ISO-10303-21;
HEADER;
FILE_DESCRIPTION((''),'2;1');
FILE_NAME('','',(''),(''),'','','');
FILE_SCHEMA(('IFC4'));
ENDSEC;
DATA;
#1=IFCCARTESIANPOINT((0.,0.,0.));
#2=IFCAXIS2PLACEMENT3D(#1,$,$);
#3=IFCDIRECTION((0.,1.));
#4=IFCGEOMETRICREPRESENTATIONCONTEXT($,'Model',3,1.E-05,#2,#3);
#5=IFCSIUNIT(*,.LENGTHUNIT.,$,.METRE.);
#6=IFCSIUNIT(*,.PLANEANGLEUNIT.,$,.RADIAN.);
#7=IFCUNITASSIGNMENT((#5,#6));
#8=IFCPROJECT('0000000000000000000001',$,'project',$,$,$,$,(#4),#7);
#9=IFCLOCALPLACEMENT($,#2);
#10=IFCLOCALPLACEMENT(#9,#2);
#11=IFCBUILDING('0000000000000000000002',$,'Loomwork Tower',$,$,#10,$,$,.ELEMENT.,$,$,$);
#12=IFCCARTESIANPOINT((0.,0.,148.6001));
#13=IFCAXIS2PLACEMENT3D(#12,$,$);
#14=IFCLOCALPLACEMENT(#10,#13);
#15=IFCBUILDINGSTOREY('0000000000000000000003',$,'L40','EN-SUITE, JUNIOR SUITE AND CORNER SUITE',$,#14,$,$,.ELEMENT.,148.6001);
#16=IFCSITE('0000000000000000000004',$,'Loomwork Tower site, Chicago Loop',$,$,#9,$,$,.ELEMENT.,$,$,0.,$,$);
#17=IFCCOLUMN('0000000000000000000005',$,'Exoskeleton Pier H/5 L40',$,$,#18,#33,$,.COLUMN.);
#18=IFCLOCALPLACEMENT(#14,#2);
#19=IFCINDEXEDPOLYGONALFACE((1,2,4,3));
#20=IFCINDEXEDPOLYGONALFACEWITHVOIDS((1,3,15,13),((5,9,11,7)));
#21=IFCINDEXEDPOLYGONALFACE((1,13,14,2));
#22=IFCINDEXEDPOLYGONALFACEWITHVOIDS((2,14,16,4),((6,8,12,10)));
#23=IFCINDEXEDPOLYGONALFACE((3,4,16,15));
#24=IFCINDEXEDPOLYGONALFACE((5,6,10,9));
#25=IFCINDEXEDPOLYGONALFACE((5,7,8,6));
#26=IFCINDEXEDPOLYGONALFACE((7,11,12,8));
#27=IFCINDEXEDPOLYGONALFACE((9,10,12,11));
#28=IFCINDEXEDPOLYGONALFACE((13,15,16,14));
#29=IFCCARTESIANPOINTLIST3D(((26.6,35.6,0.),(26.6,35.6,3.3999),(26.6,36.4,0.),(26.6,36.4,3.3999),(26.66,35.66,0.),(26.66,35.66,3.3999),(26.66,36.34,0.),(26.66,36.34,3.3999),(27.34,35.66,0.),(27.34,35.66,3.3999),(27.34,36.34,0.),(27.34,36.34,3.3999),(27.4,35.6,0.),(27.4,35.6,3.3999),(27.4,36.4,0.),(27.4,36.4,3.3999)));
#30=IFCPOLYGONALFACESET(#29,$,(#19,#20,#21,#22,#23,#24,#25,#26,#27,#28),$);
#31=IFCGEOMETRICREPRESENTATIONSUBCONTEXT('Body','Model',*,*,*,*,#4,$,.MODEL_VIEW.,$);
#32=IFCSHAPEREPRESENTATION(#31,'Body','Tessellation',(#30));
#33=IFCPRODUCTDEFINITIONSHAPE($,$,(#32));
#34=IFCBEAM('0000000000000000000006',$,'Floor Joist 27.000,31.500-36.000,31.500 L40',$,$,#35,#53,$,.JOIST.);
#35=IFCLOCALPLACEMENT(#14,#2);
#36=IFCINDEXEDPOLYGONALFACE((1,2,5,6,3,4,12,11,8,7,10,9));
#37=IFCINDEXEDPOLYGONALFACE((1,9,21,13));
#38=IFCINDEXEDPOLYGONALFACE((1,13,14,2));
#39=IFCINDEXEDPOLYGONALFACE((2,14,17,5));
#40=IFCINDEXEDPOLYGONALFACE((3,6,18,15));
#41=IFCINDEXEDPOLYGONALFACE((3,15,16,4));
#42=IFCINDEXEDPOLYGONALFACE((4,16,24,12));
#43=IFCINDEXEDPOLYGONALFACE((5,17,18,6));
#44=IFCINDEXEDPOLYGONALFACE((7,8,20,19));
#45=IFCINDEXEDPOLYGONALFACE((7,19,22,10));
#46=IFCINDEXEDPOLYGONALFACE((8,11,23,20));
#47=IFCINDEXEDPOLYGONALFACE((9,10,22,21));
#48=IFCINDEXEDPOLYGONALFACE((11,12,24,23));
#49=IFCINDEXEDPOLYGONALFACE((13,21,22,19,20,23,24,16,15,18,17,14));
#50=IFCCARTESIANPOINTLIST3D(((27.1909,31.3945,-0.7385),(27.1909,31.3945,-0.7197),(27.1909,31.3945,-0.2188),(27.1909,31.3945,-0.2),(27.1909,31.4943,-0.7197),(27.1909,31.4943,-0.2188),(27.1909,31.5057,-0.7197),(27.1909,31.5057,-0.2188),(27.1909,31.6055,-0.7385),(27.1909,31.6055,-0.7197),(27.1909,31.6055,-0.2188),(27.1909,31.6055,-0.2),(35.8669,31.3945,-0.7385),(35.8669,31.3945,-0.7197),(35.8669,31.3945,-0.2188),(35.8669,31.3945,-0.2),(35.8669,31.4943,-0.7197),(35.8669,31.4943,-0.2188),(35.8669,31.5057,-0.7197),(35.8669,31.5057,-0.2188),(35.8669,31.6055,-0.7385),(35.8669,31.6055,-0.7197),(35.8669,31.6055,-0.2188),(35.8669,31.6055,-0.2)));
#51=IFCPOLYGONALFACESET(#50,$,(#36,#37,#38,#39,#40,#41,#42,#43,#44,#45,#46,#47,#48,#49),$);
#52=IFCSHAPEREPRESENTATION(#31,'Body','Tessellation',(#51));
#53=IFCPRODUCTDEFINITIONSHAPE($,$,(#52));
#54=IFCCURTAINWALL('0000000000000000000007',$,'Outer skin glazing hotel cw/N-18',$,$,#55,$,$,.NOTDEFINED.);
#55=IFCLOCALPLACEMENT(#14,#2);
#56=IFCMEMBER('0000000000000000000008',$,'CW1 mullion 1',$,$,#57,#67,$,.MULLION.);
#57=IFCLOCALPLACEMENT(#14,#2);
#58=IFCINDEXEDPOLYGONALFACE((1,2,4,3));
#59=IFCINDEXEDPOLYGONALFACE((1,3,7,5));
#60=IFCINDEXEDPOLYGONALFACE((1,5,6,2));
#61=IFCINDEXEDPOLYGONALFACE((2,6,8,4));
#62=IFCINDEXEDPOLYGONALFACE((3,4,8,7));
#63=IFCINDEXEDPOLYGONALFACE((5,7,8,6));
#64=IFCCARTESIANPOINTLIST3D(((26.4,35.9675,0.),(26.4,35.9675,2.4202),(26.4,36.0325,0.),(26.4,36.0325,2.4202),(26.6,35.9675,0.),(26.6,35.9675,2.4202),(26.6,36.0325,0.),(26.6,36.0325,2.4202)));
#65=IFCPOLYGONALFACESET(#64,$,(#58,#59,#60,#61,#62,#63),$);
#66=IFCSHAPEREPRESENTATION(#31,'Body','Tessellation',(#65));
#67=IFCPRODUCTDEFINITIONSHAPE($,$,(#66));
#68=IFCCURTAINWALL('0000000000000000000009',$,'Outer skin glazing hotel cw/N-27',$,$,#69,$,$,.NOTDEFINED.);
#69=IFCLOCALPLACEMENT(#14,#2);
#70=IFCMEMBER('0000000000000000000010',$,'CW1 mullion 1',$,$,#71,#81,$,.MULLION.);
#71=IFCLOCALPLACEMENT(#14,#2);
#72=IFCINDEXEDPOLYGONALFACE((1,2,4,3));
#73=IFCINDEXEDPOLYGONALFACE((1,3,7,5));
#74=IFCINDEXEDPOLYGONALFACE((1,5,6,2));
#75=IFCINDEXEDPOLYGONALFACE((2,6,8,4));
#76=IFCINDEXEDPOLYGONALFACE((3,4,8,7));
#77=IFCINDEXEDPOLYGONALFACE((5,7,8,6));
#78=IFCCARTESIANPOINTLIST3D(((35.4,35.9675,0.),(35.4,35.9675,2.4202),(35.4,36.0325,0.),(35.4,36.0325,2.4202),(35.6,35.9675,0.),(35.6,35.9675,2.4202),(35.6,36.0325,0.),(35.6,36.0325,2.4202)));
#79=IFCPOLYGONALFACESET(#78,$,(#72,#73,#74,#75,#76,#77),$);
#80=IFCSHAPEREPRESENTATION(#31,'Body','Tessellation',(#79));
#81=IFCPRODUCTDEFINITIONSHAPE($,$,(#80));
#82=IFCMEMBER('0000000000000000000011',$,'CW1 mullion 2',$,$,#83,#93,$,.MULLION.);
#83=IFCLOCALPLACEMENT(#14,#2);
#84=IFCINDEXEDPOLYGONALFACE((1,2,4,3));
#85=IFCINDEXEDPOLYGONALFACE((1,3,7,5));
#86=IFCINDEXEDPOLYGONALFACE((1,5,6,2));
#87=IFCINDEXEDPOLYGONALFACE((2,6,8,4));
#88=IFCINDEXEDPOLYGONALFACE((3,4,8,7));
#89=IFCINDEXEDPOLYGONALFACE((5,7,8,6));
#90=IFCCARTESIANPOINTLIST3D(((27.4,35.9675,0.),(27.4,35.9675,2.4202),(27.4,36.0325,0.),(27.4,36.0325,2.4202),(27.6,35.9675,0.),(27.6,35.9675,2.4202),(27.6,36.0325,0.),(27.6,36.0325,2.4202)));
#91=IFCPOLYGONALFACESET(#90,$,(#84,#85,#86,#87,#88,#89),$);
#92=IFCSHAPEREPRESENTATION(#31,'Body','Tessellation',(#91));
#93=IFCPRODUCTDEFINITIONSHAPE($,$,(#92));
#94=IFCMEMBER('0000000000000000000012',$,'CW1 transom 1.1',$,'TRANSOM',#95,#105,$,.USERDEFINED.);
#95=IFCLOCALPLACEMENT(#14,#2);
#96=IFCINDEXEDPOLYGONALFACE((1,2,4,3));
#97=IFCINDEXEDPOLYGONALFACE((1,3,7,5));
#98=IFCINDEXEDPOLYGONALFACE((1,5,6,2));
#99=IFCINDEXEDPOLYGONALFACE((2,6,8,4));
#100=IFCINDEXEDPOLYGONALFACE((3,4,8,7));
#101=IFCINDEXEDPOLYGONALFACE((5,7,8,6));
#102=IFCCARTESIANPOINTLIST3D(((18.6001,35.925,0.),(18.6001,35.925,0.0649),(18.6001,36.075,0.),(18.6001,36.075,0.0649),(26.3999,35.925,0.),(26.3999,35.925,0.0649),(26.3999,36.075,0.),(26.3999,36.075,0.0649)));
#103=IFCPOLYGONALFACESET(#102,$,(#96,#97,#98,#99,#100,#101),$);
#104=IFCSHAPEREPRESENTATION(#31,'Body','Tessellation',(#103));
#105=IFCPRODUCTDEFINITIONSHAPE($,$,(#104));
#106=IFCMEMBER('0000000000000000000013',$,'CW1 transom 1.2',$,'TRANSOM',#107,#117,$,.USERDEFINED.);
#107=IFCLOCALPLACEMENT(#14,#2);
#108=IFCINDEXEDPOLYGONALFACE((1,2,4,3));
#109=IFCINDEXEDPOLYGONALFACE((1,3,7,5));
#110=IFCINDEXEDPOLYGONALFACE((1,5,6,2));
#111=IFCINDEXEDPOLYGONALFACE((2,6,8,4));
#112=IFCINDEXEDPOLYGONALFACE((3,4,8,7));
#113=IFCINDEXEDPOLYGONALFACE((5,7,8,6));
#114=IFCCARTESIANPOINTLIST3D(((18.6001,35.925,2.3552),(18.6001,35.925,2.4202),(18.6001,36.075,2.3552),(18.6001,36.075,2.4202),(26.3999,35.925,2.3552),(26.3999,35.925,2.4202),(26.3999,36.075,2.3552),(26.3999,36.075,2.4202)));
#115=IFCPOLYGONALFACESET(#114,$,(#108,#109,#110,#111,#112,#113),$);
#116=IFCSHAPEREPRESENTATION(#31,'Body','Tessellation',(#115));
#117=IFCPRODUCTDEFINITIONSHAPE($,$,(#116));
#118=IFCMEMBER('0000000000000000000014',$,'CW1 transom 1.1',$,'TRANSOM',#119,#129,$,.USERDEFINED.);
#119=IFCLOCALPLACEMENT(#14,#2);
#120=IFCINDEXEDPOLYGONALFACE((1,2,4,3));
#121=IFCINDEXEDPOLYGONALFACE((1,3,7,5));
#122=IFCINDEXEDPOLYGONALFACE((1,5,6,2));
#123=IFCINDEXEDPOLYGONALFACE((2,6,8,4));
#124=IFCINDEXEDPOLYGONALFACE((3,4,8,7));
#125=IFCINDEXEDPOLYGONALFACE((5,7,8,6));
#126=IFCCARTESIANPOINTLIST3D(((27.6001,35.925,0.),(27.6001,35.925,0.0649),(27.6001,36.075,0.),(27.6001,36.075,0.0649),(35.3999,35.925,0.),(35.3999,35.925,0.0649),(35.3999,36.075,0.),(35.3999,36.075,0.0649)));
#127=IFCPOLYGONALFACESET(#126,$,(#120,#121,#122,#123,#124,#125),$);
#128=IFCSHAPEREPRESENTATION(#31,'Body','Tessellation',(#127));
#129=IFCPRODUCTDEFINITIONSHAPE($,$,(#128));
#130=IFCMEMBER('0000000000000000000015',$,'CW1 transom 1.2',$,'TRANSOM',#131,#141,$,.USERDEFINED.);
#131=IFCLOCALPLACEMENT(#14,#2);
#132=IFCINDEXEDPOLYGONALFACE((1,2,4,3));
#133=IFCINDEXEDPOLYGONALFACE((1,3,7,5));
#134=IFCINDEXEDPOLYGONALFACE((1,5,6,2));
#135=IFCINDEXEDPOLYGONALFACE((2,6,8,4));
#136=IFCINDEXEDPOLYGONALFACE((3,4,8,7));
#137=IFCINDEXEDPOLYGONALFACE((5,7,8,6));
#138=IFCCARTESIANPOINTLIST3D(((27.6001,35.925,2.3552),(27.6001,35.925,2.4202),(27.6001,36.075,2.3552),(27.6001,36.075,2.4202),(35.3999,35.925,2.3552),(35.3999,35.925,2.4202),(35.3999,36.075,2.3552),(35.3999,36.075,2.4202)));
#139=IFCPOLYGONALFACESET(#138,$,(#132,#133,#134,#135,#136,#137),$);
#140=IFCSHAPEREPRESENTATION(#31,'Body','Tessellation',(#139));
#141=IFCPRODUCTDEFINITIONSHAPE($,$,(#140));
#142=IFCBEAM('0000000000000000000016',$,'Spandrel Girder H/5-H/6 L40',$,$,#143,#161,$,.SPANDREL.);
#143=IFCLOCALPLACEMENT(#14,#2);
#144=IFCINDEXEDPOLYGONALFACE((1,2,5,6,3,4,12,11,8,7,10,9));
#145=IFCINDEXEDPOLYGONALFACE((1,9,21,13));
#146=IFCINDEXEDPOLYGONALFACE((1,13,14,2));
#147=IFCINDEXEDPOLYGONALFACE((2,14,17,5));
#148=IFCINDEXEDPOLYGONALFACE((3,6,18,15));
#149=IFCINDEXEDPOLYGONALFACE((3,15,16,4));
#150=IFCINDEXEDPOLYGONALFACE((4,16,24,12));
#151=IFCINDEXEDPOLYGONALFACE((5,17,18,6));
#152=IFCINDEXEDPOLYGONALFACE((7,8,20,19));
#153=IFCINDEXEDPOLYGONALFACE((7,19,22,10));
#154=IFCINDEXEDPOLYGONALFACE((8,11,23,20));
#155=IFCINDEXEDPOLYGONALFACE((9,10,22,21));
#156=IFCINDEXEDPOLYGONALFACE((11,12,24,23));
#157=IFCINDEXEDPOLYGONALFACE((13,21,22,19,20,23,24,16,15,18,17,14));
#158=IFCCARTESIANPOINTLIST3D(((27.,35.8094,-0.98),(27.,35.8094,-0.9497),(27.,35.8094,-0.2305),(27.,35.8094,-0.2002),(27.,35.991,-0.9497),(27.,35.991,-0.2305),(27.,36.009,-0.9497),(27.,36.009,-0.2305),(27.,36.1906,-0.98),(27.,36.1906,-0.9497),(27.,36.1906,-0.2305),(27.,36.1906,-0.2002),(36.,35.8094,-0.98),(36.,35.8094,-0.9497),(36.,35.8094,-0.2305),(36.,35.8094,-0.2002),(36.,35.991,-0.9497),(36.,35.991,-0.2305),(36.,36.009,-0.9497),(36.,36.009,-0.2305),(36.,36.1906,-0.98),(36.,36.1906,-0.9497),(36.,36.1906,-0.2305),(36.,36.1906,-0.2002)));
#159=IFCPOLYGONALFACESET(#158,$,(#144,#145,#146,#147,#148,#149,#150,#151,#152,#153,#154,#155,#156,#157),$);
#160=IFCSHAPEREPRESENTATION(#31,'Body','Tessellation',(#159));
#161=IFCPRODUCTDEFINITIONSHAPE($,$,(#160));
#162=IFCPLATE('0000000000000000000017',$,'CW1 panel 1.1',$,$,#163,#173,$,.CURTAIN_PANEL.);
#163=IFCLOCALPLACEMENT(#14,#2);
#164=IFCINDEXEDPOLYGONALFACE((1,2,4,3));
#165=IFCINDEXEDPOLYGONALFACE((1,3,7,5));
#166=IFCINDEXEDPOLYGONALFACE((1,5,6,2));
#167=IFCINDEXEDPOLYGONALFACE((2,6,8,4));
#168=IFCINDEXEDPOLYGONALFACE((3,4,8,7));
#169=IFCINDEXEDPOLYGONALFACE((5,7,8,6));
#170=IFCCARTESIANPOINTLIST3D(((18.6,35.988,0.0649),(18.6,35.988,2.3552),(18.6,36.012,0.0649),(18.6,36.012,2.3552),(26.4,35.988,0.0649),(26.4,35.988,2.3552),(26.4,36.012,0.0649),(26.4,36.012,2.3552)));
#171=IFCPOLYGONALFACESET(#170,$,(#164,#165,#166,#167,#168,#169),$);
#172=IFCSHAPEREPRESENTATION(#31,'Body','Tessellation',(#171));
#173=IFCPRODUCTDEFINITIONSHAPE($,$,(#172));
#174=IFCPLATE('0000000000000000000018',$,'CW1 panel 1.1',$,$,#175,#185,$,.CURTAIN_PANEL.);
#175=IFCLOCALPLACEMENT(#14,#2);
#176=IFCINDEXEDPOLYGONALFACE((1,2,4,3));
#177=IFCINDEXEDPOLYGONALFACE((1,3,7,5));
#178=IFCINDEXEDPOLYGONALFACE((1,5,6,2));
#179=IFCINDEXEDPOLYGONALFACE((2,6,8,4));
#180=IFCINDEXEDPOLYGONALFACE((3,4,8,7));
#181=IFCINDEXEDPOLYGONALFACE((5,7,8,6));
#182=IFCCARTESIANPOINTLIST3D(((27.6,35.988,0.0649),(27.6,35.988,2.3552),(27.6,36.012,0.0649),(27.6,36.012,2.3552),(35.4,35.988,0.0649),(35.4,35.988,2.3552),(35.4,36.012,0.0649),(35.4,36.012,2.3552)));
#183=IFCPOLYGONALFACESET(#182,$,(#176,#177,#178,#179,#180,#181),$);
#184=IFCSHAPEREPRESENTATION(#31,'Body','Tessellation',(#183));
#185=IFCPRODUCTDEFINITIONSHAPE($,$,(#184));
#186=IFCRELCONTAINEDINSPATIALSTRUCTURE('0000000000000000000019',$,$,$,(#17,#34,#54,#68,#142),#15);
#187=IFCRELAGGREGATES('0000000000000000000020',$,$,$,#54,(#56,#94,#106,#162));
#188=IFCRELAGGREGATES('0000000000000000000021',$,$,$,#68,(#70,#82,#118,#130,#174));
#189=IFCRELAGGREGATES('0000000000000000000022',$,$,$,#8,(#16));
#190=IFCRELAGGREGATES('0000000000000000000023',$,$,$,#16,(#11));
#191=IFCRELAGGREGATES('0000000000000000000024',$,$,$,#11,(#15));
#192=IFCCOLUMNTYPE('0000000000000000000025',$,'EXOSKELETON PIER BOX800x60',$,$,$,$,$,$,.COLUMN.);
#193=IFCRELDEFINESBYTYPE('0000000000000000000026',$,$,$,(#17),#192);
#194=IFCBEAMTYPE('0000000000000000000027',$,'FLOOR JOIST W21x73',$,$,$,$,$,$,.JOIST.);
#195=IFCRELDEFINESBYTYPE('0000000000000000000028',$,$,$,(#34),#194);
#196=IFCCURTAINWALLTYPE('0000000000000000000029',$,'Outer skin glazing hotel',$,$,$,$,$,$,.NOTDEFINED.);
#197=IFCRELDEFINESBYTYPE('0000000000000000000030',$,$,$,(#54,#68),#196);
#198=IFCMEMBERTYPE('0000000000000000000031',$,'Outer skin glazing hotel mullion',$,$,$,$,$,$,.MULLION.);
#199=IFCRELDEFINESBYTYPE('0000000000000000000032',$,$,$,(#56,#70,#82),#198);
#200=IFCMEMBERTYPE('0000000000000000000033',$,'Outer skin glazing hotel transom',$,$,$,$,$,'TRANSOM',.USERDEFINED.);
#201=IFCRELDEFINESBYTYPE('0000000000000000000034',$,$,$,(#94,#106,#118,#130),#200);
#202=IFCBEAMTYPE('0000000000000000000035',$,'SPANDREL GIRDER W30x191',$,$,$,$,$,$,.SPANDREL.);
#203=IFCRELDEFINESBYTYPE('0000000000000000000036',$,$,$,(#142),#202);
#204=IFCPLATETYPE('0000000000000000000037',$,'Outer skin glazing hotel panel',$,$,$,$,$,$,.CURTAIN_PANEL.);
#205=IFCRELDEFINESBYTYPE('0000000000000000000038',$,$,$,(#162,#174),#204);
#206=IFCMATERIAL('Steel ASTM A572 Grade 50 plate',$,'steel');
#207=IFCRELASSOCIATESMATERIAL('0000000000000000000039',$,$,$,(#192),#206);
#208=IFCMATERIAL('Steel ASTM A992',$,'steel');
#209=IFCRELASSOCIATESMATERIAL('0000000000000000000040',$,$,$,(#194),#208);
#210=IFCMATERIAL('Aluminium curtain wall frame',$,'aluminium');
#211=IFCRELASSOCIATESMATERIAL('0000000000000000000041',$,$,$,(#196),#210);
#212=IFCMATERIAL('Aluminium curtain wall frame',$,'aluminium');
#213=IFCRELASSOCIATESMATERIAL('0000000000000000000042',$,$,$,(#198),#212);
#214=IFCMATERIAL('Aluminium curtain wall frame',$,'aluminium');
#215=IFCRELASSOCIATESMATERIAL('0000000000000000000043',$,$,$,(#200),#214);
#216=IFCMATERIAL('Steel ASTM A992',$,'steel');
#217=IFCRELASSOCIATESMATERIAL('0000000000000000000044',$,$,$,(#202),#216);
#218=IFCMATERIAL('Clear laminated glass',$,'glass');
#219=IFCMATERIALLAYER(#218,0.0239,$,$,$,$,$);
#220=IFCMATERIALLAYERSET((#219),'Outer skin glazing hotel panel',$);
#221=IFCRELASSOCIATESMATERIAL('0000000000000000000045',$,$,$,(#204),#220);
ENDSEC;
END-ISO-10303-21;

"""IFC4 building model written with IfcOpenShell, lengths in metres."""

from ifc_helpers import new_model, si_unit, direction, frame, origin, origin_2d, place, context, subcontext, project, spatial, rectangle, hollow_rectangle, i_section, extrude, material, layer, layer_set, material_profile, profile_set, type_object, element, aggregate, save


model = new_model("IFC4")

# Units and contexts
model_context = context("Model", 3, precision=1e-05, world=origin(), true_north=direction((0.0, 1.0)))
body_context = subcontext(model_context, "Body", "Model", "MODEL_VIEW")
ifc_project = project(units=[si_unit("LENGTHUNIT", "METRE"), si_unit("PLANEANGLEUNIT", "RADIAN")], contexts=[model_context])

# Site, building, storey
site_placement = place(None, origin())
site = spatial("IfcSite", under=ifc_project, at=site_placement, Name="Loomwork Tower site, Chicago Loop", CompositionType="ELEMENT", RefElevation=0.0)
building_placement = place(site_placement, origin())
building = spatial("IfcBuilding", under=site, at=building_placement, Name="Loomwork Tower", CompositionType="ELEMENT")
storey_placement = place(building_placement, frame((0.0, 0.0, 148.6001)))
storey = spatial("IfcBuildingStorey", under=building, at=storey_placement, Name="L40", Description="EN-SUITE, JUNIOR SUITE AND CORNER SUITE", CompositionType="ELEMENT", Elevation=148.6001)

# Column
ifc_material_1 = material(Name="Steel ASTM A572 Grade 50 plate", Category="steel")
ifc_material_profile_1 = material_profile(ifc_material_1, hollow_rectangle(XDim=0.8, YDim=0.8, WallThickness=0.0601, at=origin_2d()), Name="BOX800x60")
ifc_profile_set_1 = profile_set([ifc_material_profile_1], Name="Steel ASTM A572 Grade 50 plate")
column_type = type_object("IfcColumnType", Name="EXOSKELETON PIER BOX800x60", PredefinedType="COLUMN", material=ifc_profile_set_1)
column_placement = place(storey_placement, frame((27.0, 36.0, 0.0), z_axis=(0.0, 0.0, 1.0), x_axis=(1.0, 0.0, 0.0)))
element("IfcColumn", 1, at=column_placement, inside=storey, type_object=column_type, Name="Exoskeleton Pier H/5 L40", PredefinedType="COLUMN", context=body_context, shape_type="SweptSolid", body=[
    extrude(hollow_rectangle(XDim=0.8, YDim=0.8, WallThickness=0.0601, at=origin_2d()), origin(), (0.0, 0.0, 1.0), 3.3999),
])

# Beam
ifc_material_2 = material(Name="Steel ASTM A992", Category="steel")
ifc_material_profile_2 = material_profile(ifc_material_2, i_section(OverallWidth=0.2109, OverallDepth=0.5386, WebThickness=0.0115, FlangeThickness=0.0188, at=origin_2d()), Name="W21x73")
ifc_profile_set_2 = profile_set([ifc_material_profile_2], Name="Steel ASTM A992")
beam_type_1 = type_object("IfcBeamType", Name="FLOOR JOIST W21x73", PredefinedType="JOIST", material=ifc_profile_set_2)
beam_1_placement = place(storey_placement, frame((27.1909, 31.5, -0.4692), z_axis=(1.0, 0.0, 0.0), x_axis=(0.0, 1.0, 0.0)))
element("IfcBeam", 2, at=beam_1_placement, inside=storey, type_object=beam_type_1, Name="Floor Joist 27.000,31.500-36.000,31.500 L40", PredefinedType="JOIST", context=body_context, shape_type="SweptSolid", body=[
    extrude(i_section(OverallWidth=0.2109, OverallDepth=0.5386, WebThickness=0.0115, FlangeThickness=0.0188, at=origin_2d()), origin(), (0.0, 0.0, 1.0), 8.676),
])

# Curtain wall, member
ifc_material_3 = material(Name="Aluminium curtain wall frame", Category="aluminium")
curtain_wall_type = type_object("IfcCurtainWallType", Name="Outer skin glazing hotel", PredefinedType="NOTDEFINED", material=ifc_material_3)
curtain_wall_1_placement = place(storey_placement, origin())
curtain_wall_1 = element("IfcCurtainWall", 3, at=curtain_wall_1_placement, inside=storey, type_object=curtain_wall_type, Name="Outer skin glazing hotel cw/N-18", PredefinedType="NOTDEFINED")
ifc_material_4 = material(Name="Aluminium curtain wall frame", Category="aluminium")
ifc_material_profile_3 = material_profile(ifc_material_4, rectangle(XDim=0.0649, YDim=0.2, at=origin_2d()), Name="AL 65x200")
ifc_profile_set_3 = profile_set([ifc_material_profile_3], Name="Aluminium curtain wall frame")
member_type_1 = type_object("IfcMemberType", Name="Outer skin glazing hotel mullion", PredefinedType="MULLION", material=ifc_profile_set_3)
member_1_placement = place(storey_placement, frame((26.5, 36.0, 0.0), z_axis=(0.0, 0.0, 1.0), x_axis=(0.0, -1.0, 0.0)))
member_1 = element("IfcMember", 4, at=member_1_placement, type_object=member_type_1, Name="CW1 mullion 1", PredefinedType="MULLION", context=body_context, shape_type="SweptSolid", body=[
    extrude(rectangle(XDim=0.0649, YDim=0.2, at=origin_2d()), origin(), (0.0, 0.0, 1.0), 2.4202),
])

# Curtain wall, members
curtain_wall_2_placement = place(storey_placement, origin())
curtain_wall_2 = element("IfcCurtainWall", 5, at=curtain_wall_2_placement, inside=storey, type_object=curtain_wall_type, Name="Outer skin glazing hotel cw/N-27", PredefinedType="NOTDEFINED")
member_2_placement = place(storey_placement, frame((35.5, 36.0, 0.0), z_axis=(0.0, 0.0, 1.0), x_axis=(0.0, -1.0, 0.0)))
member_2 = element("IfcMember", 6, at=member_2_placement, type_object=member_type_1, Name="CW1 mullion 1", PredefinedType="MULLION", context=body_context, shape_type="SweptSolid", body=[
    extrude(rectangle(XDim=0.0649, YDim=0.2, at=origin_2d()), origin(), (0.0, 0.0, 1.0), 2.4202),
])
member_3_placement = place(storey_placement, frame((27.5, 36.0, 0.0), z_axis=(0.0, 0.0, 1.0), x_axis=(0.0, -1.0, 0.0)))
member_3 = element("IfcMember", 7, at=member_3_placement, type_object=member_type_1, Name="CW1 mullion 2", PredefinedType="MULLION", context=body_context, shape_type="SweptSolid", body=[
    extrude(rectangle(XDim=0.0649, YDim=0.2, at=origin_2d()), origin(), (0.0, 0.0, 1.0), 2.4202),
])

# Members
ifc_material_5 = material(Name="Aluminium curtain wall frame", Category="aluminium")
ifc_material_profile_4 = material_profile(ifc_material_5, rectangle(XDim=0.1499, YDim=0.0649, at=origin_2d()), Name="AL 65x150")
ifc_profile_set_4 = profile_set([ifc_material_profile_4], Name="Aluminium curtain wall frame")
member_type_2 = type_object("IfcMemberType", Name="Outer skin glazing hotel transom", ElementType="TRANSOM", PredefinedType="USERDEFINED", material=ifc_profile_set_4)
member_4_placement = place(storey_placement, frame((26.3999, 36.0, 0.0325), z_axis=(-1.0, 0.0, 0.0), x_axis=(0.0, -1.0, 0.0)))
member_4 = element("IfcMember", 8, at=member_4_placement, type_object=member_type_2, Name="CW1 transom 1.1", ObjectType="TRANSOM", PredefinedType="USERDEFINED", context=body_context, shape_type="SweptSolid", body=[
    extrude(rectangle(XDim=0.1499, YDim=0.0649, at=origin_2d()), origin(), (0.0, 0.0, 1.0), 7.7998),
])
member_5_placement = place(storey_placement, frame((26.3999, 36.0, 2.3877), z_axis=(-1.0, 0.0, 0.0), x_axis=(0.0, -1.0, 0.0)))
member_5 = element("IfcMember", 9, at=member_5_placement, type_object=member_type_2, Name="CW1 transom 1.2", ObjectType="TRANSOM", PredefinedType="USERDEFINED", context=body_context, shape_type="SweptSolid", body=[
    extrude(rectangle(XDim=0.1499, YDim=0.0649, at=origin_2d()), origin(), (0.0, 0.0, 1.0), 7.7998),
])
member_6_placement = place(storey_placement, frame((35.3999, 36.0, 0.0325), z_axis=(-1.0, 0.0, 0.0), x_axis=(0.0, -1.0, 0.0)))
member_6 = element("IfcMember", 10, at=member_6_placement, type_object=member_type_2, Name="CW1 transom 1.1", ObjectType="TRANSOM", PredefinedType="USERDEFINED", context=body_context, shape_type="SweptSolid", body=[
    extrude(rectangle(XDim=0.1499, YDim=0.0649, at=origin_2d()), origin(), (0.0, 0.0, 1.0), 7.7998),
])
member_7_placement = place(storey_placement, frame((35.3999, 36.0, 2.3877), z_axis=(-1.0, 0.0, 0.0), x_axis=(0.0, -1.0, 0.0)))
member_7 = element("IfcMember", 11, at=member_7_placement, type_object=member_type_2, Name="CW1 transom 1.2", ObjectType="TRANSOM", PredefinedType="USERDEFINED", context=body_context, shape_type="SweptSolid", body=[
    extrude(rectangle(XDim=0.1499, YDim=0.0649, at=origin_2d()), origin(), (0.0, 0.0, 1.0), 7.7998),
])

# Beam
ifc_material_6 = material(Name="Steel ASTM A992", Category="steel")
ifc_material_profile_5 = material_profile(ifc_material_6, i_section(OverallWidth=0.3811, OverallDepth=0.7798, WebThickness=0.0181, FlangeThickness=0.0303, at=origin_2d()), Name="W30x191")
ifc_profile_set_5 = profile_set([ifc_material_profile_5], Name="Steel ASTM A992")
beam_type_2 = type_object("IfcBeamType", Name="SPANDREL GIRDER W30x191", PredefinedType="SPANDREL", material=ifc_profile_set_5)
beam_2_placement = place(storey_placement, frame((27.0, 36.0, -0.5901), z_axis=(1.0, 0.0, 0.0), x_axis=(0.0, 1.0, 0.0)))
element("IfcBeam", 12, at=beam_2_placement, inside=storey, type_object=beam_type_2, Name="Spandrel Girder H/5-H/6 L40", PredefinedType="SPANDREL", context=body_context, shape_type="SweptSolid", body=[
    extrude(i_section(OverallWidth=0.3811, OverallDepth=0.7798, WebThickness=0.0181, FlangeThickness=0.0303, at=origin_2d()), origin(), (0.0, 0.0, 1.0), 9.0),
])

# Plates
ifc_material_7 = material(Name="Clear laminated glass", Category="glass")
ifc_layer_1 = layer(ifc_material_7, 0.0239)
ifc_layer_set_1 = layer_set([ifc_layer_1], Name="Outer skin glazing hotel panel")
plate_type = type_object("IfcPlateType", Name="Outer skin glazing hotel panel", PredefinedType="CURTAIN_PANEL", material=ifc_layer_set_1)
plate_1_placement = place(storey_placement, frame((22.5, 36.0, 0.0649), z_axis=(0.0, 0.0, 1.0), x_axis=(-1.0, 0.0, 0.0)))
plate_1 = element("IfcPlate", 13, at=plate_1_placement, type_object=plate_type, Name="CW1 panel 1.1", PredefinedType="CURTAIN_PANEL", context=body_context, shape_type="SweptSolid", body=[
    extrude(rectangle(XDim=7.8, YDim=0.0239, at=origin_2d()), origin(), (0.0, 0.0, 1.0), 2.2903),
])
aggregate(curtain_wall_1, [member_1, member_4, member_5, plate_1])
plate_2_placement = place(storey_placement, frame((31.5, 36.0, 0.0649), z_axis=(0.0, 0.0, 1.0), x_axis=(-1.0, 0.0, 0.0)))
plate_2 = element("IfcPlate", 14, at=plate_2_placement, type_object=plate_type, Name="CW1 panel 1.1", PredefinedType="CURTAIN_PANEL", context=body_context, shape_type="SweptSolid", body=[
    extrude(rectangle(XDim=7.8, YDim=0.0239, at=origin_2d()), origin(), (0.0, 0.0, 1.0), 2.2903),
])
aggregate(curtain_wall_2, [member_2, member_3, member_6, member_7, plate_2])

save(model, "model.ifc")
